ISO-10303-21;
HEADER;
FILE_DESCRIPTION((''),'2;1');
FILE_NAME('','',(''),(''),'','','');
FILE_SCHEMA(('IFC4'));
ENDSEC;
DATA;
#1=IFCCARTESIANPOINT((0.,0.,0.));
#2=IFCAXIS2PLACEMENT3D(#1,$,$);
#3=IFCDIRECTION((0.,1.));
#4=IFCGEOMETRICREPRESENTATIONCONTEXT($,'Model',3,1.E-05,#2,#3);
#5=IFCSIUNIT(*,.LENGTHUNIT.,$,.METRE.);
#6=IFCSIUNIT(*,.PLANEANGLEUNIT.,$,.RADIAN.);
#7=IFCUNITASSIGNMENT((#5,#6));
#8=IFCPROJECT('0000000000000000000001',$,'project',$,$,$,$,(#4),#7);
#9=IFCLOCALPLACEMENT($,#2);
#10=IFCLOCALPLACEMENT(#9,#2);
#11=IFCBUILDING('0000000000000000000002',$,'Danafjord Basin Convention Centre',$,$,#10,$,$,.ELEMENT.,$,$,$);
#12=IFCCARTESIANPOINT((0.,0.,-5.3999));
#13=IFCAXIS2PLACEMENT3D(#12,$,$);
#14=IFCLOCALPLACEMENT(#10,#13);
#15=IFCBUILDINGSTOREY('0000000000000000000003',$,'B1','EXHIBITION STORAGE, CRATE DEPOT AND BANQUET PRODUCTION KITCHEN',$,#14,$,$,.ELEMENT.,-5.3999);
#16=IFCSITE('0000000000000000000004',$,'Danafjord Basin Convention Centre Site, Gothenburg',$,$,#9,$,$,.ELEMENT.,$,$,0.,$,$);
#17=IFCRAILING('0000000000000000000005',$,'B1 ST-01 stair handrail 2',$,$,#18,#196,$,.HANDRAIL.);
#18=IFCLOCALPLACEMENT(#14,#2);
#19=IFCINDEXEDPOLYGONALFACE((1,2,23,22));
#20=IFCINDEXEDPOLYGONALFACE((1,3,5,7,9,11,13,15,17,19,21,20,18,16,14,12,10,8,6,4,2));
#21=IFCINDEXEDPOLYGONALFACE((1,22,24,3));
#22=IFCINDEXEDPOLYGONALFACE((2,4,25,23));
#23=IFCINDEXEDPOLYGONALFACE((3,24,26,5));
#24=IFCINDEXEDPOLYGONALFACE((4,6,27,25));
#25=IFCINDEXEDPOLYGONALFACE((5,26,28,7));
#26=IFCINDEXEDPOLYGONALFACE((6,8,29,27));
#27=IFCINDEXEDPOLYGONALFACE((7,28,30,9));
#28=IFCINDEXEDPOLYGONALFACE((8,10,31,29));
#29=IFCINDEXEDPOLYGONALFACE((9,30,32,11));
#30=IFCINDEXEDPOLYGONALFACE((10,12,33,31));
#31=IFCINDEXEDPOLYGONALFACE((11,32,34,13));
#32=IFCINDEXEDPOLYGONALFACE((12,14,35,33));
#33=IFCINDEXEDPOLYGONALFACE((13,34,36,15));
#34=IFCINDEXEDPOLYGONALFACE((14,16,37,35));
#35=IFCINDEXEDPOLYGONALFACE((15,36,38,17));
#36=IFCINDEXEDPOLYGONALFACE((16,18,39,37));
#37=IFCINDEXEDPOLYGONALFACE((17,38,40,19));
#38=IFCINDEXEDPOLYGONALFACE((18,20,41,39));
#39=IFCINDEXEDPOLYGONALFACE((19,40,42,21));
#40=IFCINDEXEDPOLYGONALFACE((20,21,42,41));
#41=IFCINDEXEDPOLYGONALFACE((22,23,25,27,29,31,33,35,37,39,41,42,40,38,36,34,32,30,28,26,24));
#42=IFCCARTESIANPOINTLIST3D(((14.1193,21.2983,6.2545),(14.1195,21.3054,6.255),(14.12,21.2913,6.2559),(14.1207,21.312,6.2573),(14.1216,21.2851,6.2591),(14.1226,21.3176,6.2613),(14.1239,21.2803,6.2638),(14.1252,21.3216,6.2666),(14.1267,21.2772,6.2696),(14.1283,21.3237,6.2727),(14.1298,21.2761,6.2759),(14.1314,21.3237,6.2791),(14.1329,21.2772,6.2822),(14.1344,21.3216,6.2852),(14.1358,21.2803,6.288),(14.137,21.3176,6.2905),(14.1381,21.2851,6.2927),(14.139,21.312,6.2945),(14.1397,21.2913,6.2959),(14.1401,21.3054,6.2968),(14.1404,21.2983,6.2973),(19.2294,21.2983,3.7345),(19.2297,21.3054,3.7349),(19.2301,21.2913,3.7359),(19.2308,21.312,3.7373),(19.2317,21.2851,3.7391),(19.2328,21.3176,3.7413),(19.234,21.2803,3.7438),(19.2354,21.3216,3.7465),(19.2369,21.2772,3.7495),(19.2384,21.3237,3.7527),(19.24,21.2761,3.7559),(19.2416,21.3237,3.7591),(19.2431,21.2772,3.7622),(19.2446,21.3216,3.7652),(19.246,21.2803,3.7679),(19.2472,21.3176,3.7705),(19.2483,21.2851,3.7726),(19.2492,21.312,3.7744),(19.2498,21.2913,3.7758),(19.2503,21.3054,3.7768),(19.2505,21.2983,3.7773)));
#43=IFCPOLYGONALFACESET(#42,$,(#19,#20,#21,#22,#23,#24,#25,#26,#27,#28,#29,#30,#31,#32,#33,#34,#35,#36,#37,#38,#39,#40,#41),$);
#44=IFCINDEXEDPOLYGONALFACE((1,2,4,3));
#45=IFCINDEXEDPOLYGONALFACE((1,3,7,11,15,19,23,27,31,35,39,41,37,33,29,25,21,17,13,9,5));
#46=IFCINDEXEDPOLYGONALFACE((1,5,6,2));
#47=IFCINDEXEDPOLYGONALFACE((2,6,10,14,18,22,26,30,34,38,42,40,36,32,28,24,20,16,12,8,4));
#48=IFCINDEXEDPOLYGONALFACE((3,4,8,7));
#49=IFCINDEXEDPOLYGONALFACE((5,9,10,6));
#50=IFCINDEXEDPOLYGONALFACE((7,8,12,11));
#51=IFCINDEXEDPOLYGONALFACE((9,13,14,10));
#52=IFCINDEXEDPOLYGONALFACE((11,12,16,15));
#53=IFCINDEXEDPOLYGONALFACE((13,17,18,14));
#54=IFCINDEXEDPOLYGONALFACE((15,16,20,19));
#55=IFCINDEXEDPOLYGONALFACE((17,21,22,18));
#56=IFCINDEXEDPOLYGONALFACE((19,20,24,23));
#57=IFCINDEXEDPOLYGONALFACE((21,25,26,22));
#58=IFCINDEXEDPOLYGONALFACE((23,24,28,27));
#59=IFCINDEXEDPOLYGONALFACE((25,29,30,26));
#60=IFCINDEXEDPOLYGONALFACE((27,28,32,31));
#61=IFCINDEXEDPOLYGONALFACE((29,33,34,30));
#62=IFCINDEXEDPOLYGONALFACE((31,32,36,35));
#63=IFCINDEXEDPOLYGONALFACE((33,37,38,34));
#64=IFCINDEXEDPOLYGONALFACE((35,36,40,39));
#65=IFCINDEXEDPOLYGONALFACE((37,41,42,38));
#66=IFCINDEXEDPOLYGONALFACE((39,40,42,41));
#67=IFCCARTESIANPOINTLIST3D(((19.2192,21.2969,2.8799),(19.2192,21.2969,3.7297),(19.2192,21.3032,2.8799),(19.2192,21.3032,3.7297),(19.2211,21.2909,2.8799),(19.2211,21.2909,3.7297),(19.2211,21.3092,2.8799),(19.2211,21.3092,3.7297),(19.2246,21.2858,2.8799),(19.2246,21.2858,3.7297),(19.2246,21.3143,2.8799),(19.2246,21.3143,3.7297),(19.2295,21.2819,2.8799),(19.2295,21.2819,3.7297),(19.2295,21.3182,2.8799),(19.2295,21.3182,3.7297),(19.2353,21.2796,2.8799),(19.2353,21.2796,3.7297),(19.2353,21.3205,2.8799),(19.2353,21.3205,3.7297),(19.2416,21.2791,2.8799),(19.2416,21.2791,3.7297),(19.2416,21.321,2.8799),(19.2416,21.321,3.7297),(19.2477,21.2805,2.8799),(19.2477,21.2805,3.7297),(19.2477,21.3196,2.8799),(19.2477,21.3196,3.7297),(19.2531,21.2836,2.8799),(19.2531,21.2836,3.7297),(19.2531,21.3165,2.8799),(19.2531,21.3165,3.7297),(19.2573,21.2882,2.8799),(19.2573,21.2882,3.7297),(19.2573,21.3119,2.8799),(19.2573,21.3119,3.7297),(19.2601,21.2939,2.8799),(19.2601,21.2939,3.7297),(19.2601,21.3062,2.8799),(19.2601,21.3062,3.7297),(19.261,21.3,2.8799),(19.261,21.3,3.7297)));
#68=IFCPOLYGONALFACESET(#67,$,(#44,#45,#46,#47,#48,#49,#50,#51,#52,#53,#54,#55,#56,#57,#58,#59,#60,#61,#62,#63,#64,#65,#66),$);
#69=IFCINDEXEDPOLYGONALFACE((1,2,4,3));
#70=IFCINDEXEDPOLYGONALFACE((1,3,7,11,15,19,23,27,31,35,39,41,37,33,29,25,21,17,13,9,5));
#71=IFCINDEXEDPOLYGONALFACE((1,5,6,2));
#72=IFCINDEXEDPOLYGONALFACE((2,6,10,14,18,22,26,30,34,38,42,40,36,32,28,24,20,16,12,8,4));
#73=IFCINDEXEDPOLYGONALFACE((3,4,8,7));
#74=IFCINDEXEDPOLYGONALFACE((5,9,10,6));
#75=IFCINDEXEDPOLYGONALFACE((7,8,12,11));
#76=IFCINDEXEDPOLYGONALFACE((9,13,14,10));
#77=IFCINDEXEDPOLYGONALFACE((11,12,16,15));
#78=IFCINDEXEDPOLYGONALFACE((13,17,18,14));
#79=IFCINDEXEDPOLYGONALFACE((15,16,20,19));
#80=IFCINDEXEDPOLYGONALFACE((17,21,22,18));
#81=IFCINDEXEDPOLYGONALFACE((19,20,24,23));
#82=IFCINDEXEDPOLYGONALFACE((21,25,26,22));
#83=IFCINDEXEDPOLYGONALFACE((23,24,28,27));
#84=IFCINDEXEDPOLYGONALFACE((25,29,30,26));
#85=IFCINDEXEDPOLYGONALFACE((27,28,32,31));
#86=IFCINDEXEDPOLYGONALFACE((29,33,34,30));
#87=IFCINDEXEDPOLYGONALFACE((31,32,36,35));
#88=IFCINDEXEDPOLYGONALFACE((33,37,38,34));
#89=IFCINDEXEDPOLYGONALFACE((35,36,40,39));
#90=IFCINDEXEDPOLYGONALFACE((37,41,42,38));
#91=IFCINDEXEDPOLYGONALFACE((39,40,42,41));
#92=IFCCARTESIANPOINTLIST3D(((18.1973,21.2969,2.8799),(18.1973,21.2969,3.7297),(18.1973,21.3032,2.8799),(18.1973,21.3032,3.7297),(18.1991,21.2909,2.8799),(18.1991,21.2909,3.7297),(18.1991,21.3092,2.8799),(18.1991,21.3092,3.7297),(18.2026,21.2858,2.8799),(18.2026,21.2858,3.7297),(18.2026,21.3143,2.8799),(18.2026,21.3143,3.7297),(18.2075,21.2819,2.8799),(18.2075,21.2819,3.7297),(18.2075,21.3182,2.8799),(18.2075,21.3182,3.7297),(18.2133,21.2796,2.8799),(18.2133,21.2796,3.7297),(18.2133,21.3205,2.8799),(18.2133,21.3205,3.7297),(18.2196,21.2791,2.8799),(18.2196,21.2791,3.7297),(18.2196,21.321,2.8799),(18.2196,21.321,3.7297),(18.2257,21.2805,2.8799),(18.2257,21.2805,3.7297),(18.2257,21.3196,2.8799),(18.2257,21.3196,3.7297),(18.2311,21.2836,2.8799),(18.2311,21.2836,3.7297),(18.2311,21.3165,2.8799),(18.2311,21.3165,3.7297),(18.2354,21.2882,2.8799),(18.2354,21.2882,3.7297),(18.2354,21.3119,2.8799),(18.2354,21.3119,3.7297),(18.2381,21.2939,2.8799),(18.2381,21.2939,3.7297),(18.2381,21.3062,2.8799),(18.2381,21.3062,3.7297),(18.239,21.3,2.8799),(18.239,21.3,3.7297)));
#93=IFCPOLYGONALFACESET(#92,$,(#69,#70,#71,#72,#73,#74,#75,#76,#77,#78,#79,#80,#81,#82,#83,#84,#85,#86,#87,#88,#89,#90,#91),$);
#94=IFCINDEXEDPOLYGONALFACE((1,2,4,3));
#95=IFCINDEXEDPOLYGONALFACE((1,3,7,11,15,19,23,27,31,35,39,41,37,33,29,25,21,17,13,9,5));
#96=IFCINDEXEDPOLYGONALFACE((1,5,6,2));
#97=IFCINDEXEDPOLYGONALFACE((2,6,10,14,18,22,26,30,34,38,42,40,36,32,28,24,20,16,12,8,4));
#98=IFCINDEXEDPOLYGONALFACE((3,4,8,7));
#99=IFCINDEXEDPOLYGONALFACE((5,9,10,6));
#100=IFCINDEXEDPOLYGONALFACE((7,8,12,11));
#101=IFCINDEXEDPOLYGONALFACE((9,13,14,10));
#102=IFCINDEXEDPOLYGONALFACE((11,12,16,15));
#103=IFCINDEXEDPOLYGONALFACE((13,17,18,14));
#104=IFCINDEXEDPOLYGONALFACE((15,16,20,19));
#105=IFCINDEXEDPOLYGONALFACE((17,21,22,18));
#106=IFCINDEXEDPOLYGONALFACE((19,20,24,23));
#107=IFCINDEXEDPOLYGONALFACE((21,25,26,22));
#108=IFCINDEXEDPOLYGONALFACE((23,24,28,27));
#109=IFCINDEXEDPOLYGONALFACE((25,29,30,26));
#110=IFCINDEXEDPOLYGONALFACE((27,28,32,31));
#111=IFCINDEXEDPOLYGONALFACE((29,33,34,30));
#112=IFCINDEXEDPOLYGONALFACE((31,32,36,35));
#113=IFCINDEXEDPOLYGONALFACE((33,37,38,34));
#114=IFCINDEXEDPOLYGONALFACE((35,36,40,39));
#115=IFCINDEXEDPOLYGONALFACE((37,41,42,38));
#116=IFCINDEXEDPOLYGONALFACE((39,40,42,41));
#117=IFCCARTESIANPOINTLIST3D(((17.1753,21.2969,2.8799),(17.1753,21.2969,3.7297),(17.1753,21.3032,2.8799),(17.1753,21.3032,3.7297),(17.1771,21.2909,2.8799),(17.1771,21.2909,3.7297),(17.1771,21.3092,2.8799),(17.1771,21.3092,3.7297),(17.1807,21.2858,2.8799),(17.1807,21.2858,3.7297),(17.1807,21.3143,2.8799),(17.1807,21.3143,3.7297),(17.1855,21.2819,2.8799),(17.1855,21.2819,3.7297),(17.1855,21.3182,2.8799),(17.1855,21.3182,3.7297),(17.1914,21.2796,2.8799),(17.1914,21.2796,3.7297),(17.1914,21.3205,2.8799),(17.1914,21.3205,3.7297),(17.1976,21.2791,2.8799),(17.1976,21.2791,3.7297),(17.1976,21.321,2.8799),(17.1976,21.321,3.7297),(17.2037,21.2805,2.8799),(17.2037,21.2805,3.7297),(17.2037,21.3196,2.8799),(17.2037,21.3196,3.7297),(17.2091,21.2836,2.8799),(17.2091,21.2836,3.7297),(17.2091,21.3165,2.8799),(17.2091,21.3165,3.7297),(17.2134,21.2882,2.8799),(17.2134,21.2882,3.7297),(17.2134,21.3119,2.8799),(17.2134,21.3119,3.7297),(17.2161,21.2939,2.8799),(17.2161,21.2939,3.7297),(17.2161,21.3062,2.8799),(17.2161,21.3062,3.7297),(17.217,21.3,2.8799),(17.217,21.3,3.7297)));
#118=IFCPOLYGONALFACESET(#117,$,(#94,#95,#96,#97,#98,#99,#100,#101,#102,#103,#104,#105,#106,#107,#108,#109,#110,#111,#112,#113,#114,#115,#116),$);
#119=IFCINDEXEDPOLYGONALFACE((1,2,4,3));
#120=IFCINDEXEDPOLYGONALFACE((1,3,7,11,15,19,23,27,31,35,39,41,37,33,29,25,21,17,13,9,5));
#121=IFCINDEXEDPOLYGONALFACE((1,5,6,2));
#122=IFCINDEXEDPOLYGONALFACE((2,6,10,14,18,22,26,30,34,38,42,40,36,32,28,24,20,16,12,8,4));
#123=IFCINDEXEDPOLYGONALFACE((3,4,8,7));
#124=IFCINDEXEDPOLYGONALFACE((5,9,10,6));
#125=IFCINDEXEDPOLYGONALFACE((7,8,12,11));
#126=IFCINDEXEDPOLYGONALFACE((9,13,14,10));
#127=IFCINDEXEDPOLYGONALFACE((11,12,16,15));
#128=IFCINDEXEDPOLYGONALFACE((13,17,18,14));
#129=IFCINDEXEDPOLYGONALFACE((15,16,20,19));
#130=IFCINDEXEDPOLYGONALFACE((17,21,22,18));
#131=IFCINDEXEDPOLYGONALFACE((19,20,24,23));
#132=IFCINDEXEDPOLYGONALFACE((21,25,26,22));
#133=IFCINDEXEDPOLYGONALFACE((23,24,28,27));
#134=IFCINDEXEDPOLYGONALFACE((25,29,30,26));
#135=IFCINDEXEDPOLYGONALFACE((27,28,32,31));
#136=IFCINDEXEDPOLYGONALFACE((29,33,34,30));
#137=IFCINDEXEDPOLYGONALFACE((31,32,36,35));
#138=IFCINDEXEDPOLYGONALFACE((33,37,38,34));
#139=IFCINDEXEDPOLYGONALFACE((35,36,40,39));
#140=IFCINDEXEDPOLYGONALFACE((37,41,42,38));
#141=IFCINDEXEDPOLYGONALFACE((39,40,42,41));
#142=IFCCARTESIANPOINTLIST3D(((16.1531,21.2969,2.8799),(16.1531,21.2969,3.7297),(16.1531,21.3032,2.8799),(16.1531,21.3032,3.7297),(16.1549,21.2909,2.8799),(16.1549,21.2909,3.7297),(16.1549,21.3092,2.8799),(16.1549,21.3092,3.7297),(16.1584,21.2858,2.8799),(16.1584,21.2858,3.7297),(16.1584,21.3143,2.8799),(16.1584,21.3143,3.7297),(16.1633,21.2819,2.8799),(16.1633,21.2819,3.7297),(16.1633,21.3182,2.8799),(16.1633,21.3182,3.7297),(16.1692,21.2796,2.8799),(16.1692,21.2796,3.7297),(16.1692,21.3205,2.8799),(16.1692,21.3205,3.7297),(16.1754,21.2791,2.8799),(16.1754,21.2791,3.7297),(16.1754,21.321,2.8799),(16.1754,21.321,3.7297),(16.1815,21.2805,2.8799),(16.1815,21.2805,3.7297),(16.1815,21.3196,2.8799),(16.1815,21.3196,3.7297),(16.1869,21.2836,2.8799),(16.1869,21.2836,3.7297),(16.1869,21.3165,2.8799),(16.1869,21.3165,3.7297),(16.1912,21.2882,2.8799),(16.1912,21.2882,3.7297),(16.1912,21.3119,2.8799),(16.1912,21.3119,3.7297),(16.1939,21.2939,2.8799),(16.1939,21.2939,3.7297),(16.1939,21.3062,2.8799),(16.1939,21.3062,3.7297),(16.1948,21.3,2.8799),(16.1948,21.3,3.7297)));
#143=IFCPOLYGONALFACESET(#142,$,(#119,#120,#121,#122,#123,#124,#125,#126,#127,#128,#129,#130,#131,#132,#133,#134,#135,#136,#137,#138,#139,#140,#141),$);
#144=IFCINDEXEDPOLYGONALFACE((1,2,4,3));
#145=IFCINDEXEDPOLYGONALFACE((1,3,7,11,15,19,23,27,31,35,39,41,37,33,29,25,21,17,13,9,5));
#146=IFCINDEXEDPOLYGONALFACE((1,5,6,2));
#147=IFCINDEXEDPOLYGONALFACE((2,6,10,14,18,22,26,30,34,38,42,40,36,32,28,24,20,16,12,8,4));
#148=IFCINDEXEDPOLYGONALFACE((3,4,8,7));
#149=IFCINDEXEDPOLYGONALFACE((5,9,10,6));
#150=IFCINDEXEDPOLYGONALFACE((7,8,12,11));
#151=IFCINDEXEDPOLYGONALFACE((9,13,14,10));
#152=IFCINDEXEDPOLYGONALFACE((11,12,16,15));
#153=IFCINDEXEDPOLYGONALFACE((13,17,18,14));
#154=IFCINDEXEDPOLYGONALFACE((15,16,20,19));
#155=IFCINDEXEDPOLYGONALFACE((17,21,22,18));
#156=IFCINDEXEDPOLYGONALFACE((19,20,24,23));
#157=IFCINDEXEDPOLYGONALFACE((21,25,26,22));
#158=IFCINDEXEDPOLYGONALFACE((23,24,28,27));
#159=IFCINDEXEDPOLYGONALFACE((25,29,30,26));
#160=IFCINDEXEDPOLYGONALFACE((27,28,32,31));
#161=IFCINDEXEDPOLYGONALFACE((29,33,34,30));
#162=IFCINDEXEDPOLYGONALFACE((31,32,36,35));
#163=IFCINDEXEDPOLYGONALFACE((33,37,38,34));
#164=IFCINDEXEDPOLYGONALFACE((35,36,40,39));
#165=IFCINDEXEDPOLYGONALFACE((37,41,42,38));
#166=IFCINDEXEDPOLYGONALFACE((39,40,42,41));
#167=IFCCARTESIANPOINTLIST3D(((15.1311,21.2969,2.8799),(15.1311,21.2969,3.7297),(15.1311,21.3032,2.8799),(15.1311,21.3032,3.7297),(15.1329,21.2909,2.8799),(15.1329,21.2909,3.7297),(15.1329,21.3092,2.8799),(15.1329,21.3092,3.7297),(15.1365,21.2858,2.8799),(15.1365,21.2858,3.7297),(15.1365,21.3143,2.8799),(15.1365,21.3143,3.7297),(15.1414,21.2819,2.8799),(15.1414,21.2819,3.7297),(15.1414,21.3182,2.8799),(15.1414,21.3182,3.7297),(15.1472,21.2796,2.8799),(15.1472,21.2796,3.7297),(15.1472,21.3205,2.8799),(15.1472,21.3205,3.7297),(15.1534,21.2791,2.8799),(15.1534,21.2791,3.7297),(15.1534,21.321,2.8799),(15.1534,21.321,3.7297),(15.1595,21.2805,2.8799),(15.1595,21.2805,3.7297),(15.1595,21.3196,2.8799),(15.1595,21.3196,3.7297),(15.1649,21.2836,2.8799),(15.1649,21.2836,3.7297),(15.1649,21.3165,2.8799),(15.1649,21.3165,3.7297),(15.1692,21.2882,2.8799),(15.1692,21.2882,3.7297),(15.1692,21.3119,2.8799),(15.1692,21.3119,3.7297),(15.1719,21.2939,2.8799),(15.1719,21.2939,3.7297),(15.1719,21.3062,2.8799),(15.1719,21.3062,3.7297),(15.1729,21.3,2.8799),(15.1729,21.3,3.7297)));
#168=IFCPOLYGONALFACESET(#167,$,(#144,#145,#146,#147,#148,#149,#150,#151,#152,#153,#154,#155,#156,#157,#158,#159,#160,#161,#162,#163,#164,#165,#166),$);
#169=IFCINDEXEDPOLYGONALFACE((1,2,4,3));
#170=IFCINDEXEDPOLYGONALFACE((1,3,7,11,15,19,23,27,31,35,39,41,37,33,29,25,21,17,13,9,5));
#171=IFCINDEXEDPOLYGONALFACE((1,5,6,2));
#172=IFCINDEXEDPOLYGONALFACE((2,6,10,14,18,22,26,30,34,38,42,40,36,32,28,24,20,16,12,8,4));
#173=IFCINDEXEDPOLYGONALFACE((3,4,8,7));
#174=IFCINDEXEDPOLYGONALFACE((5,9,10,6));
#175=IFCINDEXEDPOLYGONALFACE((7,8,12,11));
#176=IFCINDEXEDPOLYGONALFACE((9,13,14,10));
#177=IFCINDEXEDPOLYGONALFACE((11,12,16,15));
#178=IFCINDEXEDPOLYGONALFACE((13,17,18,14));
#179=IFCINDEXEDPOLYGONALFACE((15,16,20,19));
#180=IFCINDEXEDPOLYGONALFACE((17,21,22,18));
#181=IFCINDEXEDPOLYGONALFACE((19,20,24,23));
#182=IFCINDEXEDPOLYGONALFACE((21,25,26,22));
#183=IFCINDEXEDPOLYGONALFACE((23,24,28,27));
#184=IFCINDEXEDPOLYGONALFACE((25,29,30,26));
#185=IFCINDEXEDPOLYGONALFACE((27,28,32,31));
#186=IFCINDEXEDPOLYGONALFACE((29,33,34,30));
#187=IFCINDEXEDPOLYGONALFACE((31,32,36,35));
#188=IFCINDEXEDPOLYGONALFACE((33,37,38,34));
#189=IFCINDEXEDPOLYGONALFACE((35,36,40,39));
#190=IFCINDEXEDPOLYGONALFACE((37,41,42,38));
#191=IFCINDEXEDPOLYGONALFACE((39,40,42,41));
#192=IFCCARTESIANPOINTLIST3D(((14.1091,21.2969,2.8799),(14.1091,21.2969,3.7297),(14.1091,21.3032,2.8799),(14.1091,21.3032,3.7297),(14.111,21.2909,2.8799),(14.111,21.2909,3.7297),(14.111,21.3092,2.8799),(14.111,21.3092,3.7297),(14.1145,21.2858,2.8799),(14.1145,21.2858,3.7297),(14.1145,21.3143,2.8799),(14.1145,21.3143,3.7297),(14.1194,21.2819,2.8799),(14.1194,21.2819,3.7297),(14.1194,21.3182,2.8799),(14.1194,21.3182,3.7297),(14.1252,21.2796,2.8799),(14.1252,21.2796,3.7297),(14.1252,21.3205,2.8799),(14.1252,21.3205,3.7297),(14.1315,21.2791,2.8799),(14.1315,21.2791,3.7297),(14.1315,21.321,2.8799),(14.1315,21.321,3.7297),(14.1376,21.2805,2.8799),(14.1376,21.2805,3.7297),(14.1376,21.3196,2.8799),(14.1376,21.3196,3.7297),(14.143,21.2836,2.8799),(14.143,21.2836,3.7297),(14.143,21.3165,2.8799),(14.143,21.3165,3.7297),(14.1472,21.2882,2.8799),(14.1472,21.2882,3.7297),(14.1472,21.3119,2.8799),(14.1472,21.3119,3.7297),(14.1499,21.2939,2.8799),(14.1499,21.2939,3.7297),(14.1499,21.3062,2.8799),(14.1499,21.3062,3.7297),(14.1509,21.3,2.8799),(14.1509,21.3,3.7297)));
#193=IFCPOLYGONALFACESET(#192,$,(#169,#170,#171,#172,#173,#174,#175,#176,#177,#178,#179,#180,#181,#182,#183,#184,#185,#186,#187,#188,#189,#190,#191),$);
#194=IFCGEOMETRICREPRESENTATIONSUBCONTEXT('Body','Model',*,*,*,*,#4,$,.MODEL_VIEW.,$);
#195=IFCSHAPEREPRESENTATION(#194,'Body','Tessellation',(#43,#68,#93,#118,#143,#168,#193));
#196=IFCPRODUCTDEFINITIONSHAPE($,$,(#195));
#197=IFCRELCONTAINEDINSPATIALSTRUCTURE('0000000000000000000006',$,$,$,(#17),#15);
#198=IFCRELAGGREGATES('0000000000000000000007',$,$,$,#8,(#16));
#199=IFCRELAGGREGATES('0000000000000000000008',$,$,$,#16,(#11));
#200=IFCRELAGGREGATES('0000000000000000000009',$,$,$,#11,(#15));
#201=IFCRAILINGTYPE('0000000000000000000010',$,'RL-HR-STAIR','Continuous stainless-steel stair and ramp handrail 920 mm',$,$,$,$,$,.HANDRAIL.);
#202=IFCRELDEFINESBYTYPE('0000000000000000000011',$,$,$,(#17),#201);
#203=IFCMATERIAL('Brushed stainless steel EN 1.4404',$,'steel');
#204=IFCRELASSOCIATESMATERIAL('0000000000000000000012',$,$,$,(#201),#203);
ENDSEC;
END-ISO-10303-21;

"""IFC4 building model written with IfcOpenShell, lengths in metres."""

from ifc_helpers import new_model, si_unit, direction, frame, origin, origin_2d, place, context, subcontext, project, spatial, circle, extrude, material, type_object, element, save


model = new_model("IFC4")

# Units and contexts
model_context = context("Model", 3, precision=1e-05, world=origin(), true_north=direction((0.0, 1.0)))
body_context = subcontext(model_context, "Body", "Model", "MODEL_VIEW")
ifc_project = project(units=[si_unit("LENGTHUNIT", "METRE"), si_unit("PLANEANGLEUNIT", "RADIAN")], contexts=[model_context])

# Site, building, storey
site_placement = place(None, origin())
site = spatial("IfcSite", under=ifc_project, at=site_placement, Name="Danafjord Basin Convention Centre Site, Gothenburg", CompositionType="ELEMENT", RefElevation=0.0)
building_placement = place(site_placement, origin())
building = spatial("IfcBuilding", under=site, at=building_placement, Name="Danafjord Basin Convention Centre", CompositionType="ELEMENT")
storey_placement = place(building_placement, frame((0.0, 0.0, -5.3999)))
storey = spatial("IfcBuildingStorey", under=building, at=storey_placement, Name="B1", Description="EXHIBITION STORAGE, CRATE DEPOT AND BANQUET PRODUCTION KITCHEN", CompositionType="ELEMENT", Elevation=-5.3999)

# Railing
ifc_material_1 = material(Name="Brushed stainless steel EN 1.4404", Category="steel")
railing_type_1 = type_object("IfcRailingType", Name="RL-HR-STAIR", Description="Continuous stainless-steel stair and ramp handrail 920 mm", PredefinedType="HANDRAIL", material=ifc_material_1)
railing_1_placement = place(storey_placement, frame((19.24, 21.3, 2.8799)))
element("IfcRailing", 1, at=railing_1_placement, inside=storey, type_object=railing_type_1, Name="B1 ST-01 stair handrail 2", PredefinedType="HANDRAIL", context=body_context, shape_type="SweptSolid", body=[
    extrude(circle(Radius=0.0239, at=origin_2d()), frame((0.0, 0.0, 0.876), z_axis=(-0.896873, 0.0, 0.442288), x_axis=(0.0, -1.0, 0.0)), (0.0, 0.0, 1.0), 5.6978),
    extrude(circle(Radius=0.021, at=origin_2d()), origin(), (0.0, 0.0, 1.0), 0.8499),
    extrude(circle(Radius=0.021, at=origin_2d()), frame((-1.022, 0.0, 0.0)), (0.0, 0.0, 1.0), 0.8499),
    extrude(circle(Radius=0.021, at=origin_2d()), frame((-2.0439, 0.0, 0.0)), (0.0, 0.0, 1.0), 0.8499),
    extrude(circle(Radius=0.021, at=origin_2d()), frame((-3.0662, 0.0, 0.0)), (0.0, 0.0, 1.0), 0.8499),
    extrude(circle(Radius=0.021, at=origin_2d()), frame((-4.0881, 0.0, 0.0)), (0.0, 0.0, 1.0), 0.8499),
    extrude(circle(Radius=0.021, at=origin_2d()), frame((-5.1101, 0.0, 0.0)), (0.0, 0.0, 1.0), 0.8499),
])

save(model, "model.ifc")
